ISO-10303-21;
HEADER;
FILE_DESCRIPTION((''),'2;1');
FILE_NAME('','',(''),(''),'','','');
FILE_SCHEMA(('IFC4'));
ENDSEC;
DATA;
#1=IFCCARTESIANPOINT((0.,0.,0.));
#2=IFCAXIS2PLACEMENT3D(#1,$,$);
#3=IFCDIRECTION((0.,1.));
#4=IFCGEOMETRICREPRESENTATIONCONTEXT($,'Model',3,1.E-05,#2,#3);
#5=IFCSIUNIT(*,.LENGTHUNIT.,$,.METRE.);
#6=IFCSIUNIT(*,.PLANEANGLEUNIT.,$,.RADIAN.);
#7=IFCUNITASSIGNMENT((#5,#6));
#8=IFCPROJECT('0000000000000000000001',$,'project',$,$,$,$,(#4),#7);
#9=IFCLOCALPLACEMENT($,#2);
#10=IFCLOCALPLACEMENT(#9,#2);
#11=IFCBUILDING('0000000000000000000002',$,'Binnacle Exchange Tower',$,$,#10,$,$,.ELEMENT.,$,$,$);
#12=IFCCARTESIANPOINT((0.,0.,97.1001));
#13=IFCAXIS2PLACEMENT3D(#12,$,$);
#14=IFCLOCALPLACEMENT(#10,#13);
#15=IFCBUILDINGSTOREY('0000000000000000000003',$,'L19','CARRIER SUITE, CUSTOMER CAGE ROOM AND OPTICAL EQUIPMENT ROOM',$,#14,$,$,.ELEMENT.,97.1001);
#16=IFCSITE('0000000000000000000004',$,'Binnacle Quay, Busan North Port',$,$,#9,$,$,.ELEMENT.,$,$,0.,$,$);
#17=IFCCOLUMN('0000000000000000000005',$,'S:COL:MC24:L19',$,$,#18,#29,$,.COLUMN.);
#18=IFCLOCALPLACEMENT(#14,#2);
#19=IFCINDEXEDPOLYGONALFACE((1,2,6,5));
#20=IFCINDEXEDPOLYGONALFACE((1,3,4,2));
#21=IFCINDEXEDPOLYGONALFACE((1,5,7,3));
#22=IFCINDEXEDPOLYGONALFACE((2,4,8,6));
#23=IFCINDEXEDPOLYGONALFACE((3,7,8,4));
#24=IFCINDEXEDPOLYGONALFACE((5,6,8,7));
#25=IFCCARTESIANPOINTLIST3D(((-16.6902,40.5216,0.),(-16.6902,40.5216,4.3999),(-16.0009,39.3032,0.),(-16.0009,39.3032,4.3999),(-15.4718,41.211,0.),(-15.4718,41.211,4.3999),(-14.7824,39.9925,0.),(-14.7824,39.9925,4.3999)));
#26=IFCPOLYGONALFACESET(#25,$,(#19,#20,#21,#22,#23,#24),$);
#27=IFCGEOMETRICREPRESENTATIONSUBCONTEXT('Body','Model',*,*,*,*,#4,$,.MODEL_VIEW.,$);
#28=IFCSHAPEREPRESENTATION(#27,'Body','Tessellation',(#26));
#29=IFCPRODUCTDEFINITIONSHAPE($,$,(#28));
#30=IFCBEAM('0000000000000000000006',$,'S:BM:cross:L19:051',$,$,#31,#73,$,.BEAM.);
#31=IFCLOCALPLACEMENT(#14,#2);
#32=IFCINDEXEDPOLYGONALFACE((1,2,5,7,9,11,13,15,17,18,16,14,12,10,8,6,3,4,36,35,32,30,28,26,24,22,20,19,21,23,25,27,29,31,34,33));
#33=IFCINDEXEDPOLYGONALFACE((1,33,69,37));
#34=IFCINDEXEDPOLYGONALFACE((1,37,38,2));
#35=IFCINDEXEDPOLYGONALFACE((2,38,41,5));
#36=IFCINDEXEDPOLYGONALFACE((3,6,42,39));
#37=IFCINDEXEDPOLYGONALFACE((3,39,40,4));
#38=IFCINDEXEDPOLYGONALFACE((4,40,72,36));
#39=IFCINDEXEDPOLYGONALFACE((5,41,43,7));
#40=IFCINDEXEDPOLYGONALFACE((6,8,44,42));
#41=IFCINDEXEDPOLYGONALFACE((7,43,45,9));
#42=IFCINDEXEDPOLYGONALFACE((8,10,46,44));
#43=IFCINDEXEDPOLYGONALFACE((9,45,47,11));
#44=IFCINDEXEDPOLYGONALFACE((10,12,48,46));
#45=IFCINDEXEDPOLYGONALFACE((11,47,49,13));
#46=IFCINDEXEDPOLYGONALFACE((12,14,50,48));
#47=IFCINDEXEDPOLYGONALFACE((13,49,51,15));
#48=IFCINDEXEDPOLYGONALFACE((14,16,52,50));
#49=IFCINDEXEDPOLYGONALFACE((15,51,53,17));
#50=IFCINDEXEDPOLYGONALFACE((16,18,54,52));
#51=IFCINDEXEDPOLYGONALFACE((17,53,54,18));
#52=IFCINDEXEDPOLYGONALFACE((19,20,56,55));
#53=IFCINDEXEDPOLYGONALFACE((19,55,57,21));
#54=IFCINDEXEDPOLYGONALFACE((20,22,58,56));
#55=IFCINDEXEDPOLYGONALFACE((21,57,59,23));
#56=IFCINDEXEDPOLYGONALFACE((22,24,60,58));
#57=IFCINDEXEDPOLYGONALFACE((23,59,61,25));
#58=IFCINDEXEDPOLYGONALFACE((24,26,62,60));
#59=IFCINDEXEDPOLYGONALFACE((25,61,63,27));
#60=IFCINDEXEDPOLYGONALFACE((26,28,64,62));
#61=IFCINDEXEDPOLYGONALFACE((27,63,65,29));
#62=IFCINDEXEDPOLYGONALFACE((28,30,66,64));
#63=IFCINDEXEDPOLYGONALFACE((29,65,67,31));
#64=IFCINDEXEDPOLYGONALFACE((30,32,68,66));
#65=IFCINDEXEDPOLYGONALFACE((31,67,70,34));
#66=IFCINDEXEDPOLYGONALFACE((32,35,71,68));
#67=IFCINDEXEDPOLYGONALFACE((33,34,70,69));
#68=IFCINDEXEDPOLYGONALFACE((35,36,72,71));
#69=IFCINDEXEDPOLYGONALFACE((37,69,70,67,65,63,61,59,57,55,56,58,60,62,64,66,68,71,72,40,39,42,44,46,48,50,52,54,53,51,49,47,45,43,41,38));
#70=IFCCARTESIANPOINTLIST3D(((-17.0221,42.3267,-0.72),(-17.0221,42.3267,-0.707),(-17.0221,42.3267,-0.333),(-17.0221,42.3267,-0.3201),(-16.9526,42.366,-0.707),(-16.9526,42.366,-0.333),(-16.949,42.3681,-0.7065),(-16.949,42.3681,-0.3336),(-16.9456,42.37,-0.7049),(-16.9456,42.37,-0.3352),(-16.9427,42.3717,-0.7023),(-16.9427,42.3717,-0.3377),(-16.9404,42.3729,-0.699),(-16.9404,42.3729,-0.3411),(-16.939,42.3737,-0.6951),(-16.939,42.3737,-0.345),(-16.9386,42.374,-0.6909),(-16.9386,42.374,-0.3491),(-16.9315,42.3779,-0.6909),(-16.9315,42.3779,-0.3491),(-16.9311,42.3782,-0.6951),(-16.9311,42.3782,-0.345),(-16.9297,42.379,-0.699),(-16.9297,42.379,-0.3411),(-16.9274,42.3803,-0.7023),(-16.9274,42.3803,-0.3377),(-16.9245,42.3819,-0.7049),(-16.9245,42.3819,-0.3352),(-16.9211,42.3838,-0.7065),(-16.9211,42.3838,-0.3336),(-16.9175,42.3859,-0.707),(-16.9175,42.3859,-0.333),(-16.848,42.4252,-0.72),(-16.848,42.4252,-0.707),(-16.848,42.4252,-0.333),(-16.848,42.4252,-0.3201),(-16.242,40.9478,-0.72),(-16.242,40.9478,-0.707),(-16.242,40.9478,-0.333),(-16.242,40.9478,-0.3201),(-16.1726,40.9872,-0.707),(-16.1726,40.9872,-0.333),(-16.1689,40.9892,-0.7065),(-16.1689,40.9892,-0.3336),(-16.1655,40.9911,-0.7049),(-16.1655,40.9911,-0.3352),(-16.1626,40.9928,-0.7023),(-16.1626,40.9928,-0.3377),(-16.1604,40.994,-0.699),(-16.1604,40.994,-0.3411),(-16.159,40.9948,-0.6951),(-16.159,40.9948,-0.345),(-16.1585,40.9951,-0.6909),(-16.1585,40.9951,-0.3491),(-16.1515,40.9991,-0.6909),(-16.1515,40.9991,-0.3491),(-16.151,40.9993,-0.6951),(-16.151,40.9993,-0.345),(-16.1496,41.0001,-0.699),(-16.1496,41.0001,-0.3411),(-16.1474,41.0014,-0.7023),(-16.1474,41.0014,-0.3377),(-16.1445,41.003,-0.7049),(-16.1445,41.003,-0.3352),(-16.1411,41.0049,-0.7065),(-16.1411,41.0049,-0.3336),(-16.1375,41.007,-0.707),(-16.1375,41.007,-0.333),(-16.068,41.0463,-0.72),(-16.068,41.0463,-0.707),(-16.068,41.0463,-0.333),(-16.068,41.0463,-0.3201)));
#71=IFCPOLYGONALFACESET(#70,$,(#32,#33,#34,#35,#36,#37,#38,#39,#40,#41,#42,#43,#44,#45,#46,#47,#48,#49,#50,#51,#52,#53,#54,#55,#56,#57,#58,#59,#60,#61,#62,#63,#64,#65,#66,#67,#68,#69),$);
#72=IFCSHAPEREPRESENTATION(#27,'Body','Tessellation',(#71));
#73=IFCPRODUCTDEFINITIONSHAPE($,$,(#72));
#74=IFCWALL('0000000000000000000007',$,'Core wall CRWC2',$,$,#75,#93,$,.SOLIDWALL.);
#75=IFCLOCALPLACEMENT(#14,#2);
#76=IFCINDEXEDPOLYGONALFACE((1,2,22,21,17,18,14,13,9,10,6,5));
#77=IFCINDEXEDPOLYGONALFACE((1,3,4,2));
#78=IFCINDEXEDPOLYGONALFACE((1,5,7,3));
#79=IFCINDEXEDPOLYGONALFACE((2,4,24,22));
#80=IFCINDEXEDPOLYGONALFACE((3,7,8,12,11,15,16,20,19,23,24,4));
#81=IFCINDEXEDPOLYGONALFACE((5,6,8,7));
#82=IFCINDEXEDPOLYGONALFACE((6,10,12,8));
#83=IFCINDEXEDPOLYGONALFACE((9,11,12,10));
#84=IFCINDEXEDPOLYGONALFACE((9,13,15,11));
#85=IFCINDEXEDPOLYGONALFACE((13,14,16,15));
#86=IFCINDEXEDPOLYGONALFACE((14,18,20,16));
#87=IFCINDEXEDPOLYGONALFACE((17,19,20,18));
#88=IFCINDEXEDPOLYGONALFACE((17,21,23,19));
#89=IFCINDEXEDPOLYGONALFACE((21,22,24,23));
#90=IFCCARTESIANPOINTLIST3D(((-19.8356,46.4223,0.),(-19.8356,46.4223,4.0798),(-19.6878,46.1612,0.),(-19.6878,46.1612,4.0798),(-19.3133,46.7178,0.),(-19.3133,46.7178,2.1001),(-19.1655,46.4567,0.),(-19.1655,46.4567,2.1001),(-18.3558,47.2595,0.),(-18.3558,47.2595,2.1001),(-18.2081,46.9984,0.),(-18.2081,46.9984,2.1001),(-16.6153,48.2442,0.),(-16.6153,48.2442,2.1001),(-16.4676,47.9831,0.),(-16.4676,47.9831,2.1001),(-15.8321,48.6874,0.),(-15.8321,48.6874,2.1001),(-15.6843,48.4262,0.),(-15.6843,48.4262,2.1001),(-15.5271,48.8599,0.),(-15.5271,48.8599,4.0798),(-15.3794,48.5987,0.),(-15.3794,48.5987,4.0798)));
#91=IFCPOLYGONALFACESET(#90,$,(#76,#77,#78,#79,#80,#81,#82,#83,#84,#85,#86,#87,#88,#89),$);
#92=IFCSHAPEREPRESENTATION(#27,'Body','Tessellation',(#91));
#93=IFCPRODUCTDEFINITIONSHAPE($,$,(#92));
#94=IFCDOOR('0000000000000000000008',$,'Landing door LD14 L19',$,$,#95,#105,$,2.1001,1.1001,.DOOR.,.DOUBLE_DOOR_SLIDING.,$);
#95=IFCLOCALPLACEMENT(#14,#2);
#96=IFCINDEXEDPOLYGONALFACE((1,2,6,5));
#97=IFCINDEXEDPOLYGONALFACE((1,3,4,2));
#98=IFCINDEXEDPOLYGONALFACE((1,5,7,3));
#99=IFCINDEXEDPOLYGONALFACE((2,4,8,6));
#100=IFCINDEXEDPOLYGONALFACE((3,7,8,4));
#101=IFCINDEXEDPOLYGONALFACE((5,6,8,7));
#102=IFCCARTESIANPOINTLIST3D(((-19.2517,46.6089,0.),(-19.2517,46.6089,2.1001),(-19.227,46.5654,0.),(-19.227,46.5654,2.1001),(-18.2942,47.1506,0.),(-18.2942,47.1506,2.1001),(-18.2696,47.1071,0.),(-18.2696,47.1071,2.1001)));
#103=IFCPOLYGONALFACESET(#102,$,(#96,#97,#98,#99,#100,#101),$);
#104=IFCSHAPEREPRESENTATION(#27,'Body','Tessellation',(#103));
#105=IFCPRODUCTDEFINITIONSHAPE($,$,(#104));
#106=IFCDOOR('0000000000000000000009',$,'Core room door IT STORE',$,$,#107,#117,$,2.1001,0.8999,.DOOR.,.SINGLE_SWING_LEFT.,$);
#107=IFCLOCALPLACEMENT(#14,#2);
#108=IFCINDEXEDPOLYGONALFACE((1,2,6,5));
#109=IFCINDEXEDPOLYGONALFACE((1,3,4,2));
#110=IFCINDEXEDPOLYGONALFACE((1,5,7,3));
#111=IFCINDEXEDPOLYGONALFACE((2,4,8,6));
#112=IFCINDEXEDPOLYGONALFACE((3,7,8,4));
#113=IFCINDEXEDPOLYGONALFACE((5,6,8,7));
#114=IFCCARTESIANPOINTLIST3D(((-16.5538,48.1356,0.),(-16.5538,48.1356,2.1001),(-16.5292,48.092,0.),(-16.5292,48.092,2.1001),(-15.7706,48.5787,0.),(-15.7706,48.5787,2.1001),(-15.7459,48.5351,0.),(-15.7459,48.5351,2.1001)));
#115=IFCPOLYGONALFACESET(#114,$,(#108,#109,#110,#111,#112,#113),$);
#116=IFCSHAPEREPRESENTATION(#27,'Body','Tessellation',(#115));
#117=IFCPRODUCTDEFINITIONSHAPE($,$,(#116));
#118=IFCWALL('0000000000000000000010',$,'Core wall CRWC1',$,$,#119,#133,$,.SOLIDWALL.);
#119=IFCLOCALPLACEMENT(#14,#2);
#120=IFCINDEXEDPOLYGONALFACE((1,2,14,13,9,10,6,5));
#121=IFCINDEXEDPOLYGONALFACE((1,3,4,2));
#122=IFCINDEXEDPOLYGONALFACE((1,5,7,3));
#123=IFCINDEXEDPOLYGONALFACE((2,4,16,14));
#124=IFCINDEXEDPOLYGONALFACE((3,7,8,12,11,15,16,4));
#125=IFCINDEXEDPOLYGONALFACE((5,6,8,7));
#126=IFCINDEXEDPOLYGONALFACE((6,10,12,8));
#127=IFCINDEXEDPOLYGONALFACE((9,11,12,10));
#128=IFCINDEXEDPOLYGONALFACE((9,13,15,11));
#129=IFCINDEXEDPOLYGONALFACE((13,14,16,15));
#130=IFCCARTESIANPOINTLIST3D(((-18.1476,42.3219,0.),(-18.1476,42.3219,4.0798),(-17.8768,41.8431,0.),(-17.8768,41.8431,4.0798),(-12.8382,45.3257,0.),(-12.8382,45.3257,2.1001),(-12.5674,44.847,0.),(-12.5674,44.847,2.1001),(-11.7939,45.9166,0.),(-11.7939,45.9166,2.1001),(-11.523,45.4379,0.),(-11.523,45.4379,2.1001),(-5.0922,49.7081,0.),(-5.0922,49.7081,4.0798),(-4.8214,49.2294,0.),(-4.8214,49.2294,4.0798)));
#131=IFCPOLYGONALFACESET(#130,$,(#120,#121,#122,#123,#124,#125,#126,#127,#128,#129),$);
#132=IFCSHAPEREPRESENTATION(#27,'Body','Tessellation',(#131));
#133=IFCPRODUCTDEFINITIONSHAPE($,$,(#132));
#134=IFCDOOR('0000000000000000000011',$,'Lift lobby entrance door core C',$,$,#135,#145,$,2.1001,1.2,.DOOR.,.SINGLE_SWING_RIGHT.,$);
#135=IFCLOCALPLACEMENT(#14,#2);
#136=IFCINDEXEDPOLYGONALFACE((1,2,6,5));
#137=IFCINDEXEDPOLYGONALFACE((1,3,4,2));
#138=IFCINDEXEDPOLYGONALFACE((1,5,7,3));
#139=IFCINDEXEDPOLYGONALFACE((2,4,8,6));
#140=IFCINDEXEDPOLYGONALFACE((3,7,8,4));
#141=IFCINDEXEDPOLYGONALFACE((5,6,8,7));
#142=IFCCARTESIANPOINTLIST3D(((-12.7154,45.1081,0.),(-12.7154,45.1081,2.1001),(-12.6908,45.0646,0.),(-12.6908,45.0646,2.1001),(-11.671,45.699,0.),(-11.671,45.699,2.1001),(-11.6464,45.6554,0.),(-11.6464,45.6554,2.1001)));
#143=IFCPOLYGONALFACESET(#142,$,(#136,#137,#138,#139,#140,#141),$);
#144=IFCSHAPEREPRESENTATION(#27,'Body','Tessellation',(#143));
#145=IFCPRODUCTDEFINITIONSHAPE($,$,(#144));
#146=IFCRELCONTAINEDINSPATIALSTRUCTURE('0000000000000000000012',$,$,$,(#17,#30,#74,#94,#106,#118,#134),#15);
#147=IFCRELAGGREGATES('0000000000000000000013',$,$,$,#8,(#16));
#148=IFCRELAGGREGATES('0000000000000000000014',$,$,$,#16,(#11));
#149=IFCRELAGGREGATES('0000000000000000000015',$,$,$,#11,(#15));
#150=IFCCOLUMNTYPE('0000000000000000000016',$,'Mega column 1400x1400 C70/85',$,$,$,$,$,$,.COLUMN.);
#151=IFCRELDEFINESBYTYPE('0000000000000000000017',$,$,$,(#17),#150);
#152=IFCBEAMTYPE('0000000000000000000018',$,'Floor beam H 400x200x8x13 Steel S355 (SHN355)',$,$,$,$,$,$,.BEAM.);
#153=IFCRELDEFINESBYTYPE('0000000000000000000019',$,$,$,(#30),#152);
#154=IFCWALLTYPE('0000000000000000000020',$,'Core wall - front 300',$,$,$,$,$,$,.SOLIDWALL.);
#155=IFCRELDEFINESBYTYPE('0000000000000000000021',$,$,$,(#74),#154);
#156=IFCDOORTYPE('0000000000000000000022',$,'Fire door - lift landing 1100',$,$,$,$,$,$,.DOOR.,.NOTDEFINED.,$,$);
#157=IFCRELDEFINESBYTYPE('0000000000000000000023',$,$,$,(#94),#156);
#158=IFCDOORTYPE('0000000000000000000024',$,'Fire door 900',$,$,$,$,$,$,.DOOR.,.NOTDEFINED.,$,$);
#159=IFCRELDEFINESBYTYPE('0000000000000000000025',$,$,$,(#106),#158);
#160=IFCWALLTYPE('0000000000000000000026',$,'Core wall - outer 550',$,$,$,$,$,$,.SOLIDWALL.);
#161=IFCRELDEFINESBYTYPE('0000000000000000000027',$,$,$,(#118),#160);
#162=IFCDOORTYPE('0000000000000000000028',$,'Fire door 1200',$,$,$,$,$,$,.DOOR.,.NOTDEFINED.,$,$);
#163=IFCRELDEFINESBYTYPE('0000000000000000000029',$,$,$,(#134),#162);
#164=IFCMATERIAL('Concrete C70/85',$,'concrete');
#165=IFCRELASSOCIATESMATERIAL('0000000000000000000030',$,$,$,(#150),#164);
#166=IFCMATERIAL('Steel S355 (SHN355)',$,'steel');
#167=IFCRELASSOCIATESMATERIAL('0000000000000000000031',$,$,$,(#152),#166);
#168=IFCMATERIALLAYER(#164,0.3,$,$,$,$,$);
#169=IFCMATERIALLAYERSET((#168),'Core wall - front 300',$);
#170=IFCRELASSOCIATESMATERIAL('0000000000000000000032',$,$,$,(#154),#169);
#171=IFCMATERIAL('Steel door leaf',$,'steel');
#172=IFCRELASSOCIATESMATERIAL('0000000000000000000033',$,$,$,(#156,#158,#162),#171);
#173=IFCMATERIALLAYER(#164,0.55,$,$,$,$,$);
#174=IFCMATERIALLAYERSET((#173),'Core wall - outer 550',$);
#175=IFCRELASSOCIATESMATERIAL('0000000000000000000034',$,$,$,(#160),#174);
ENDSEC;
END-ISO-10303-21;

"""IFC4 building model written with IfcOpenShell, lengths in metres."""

from ifc_helpers import new_model, si_unit, direction, frame, frame_2d, origin, origin_2d, place, context, subcontext, project, spatial, rectangle, i_section, extrude, material, layer, layer_set, material_profile, profile_set, type_object, element, fill, save


model = new_model("IFC4")

# Units and contexts
model_context = context("Model", 3, precision=1e-05, world=origin(), true_north=direction((0.0, 1.0)))
body_context = subcontext(model_context, "Body", "Model", "MODEL_VIEW")
ifc_project = project(units=[si_unit("LENGTHUNIT", "METRE"), si_unit("PLANEANGLEUNIT", "RADIAN")], contexts=[model_context])

# Site, building, storey
site_placement = place(None, origin())
site = spatial("IfcSite", under=ifc_project, at=site_placement, Name="Binnacle Quay, Busan North Port", CompositionType="ELEMENT", RefElevation=0.0)
building_placement = place(site_placement, origin())
building = spatial("IfcBuilding", under=site, at=building_placement, Name="Binnacle Exchange Tower", CompositionType="ELEMENT")
storey_placement = place(building_placement, frame((0.0, 0.0, 97.1001)))
storey = spatial("IfcBuildingStorey", under=building, at=storey_placement, Name="L19", Description="CARRIER SUITE, CUSTOMER CAGE ROOM AND OPTICAL EQUIPMENT ROOM", CompositionType="ELEMENT", Elevation=97.1001)

# Column
ifc_material_1 = material(Name="Concrete C70/85", Category="concrete")
ifc_material_profile_1 = material_profile(ifc_material_1, rectangle(XDim=1.3999, YDim=1.3999, at=origin_2d()), Name="Mega column 1400x1400 C70/85")
ifc_profile_set_1 = profile_set([ifc_material_profile_1], Name="Concrete C70/85")
column_type = type_object("IfcColumnType", Name="Mega column 1400x1400 C70/85", PredefinedType="COLUMN", material=ifc_profile_set_1)
column_placement = place(storey_placement, frame((-15.7363, 40.2571, 0.0), z_axis=(0.0, 0.0, 1.0), x_axis=(0.870356, 0.492424, 0.0)))
element("IfcColumn", 1, at=column_placement, inside=storey, type_object=column_type, Name="S:COL:MC24:L19", PredefinedType="COLUMN", context=body_context, shape_type="SweptSolid", body=[
    extrude(rectangle(XDim=1.3999, YDim=1.3999, at=origin_2d()), origin(), (0.0, 0.0, 1.0), 4.3999),
])

# Beam
ifc_material_2 = material(Name="Steel S355 (SHN355)", Category="steel")
ifc_material_profile_2 = material_profile(ifc_material_2, i_section(OverallWidth=0.2, OverallDepth=0.3999, WebThickness=0.0081, FlangeThickness=0.0129, FilletRadius=0.0161, at=origin_2d()), Name="H 400x200x8x13")
ifc_profile_set_2 = profile_set([ifc_material_profile_2], Name="Steel S355 (SHN355)")
beam_type = type_object("IfcBeamType", Name="Floor beam H 400x200x8x13 Steel S355 (SHN355)", PredefinedType="BEAM", material=ifc_profile_set_2)
beam_placement = place(storey_placement, frame((-16.155, 40.9971, -0.52), z_axis=(-0.492367, 0.870388, 0.0), x_axis=(-0.870388, -0.492367, 0.0)))
element("IfcBeam", 2, at=beam_placement, inside=storey, type_object=beam_type, Name="S:BM:cross:L19:051", PredefinedType="BEAM", context=body_context, shape_type="SweptSolid", body=[
    extrude(i_section(OverallWidth=0.2, OverallDepth=0.3999, WebThickness=0.0081, FlangeThickness=0.0129, FilletRadius=0.0161, at=origin_2d()), origin(), (0.0, 0.0, 1.0), 1.5842),
])

# Wall, openings, doors
ifc_layer_1 = layer(ifc_material_1, 0.3)
ifc_layer_set_1 = layer_set([ifc_layer_1], Name="Core wall - front 300")
wall_type_1 = type_object("IfcWallType", Name="Core wall - front 300", PredefinedType="SOLIDWALL", material=ifc_layer_set_1)
wall_1_placement = place(storey_placement, frame((-19.7617, 46.2917, 0.0), z_axis=(0.0, 0.0, 1.0), x_axis=(0.87036, 0.492416, 0.0)))
wall_1 = element("IfcWall", 3, at=wall_1_placement, inside=storey, type_object=wall_type_1, Name="Core wall CRWC2", PredefinedType="SOLIDWALL", context=body_context, shape_type="SweptSolid", body=[
    extrude(rectangle(XDim=4.9502, YDim=0.3, at=frame_2d((2.4751, 0.0))), origin(), (0.0, 0.0, 1.0), 4.0798),
])
opening_1_placement = place(wall_1_placement, frame((0.6001, 0.0, 0.0)))
opening_1 = element("IfcOpeningElement", 4, at=opening_1_placement, cuts=wall_1, PredefinedType="OPENING", context=body_context, shape_type="SweptSolid", body=[
    extrude(rectangle(XDim=1.1001, YDim=2.1001, at=frame_2d((0.55, 1.05))), frame((0.0, 0.1599, 0.0), z_axis=(0.0, -1.0, 0.0), x_axis=(1.0, 0.0, 0.0)), (0.0, 0.0, 1.0), 0.3201),
])
opening_2_placement = place(wall_1_placement, frame((3.7, 0.0, 0.0)))
opening_2 = element("IfcOpeningElement", 5, at=opening_2_placement, cuts=wall_1, PredefinedType="OPENING", context=body_context, shape_type="SweptSolid", body=[
    extrude(rectangle(XDim=0.8999, YDim=2.1001, at=frame_2d((0.45, 1.05))), frame((0.0, 0.1599, 0.0), z_axis=(0.0, -1.0, 0.0), x_axis=(1.0, 0.0, 0.0)), (0.0, 0.0, 1.0), 0.3201),
])
ifc_material_3 = material(Name="Steel door leaf", Category="steel")
door_type_1 = type_object("IfcDoorType", Name="Fire door - lift landing 1100", OperationType="NOTDEFINED", PredefinedType="DOOR", material=ifc_material_3)
door_1_placement = place(opening_1_placement, origin())
door_1 = element("IfcDoor", 6, at=door_1_placement, inside=storey, type_object=door_type_1, Name="Landing door LD14 L19", OperationType="DOUBLE_DOOR_SLIDING", OverallHeight=2.1001, OverallWidth=1.1001, PredefinedType="DOOR", context=body_context, shape_type="SweptSolid", body=[
    extrude(rectangle(XDim=1.1001, YDim=2.1001, at=frame_2d((0.55, 1.05))), frame((0.0, 0.0249, 0.0), z_axis=(0.0, -1.0, 0.0), x_axis=(1.0, 0.0, 0.0)), (0.0, 0.0, 1.0), 0.05),
])
fill(opening_1, door_1)
door_type_2 = type_object("IfcDoorType", Name="Fire door 900", OperationType="NOTDEFINED", PredefinedType="DOOR", material=ifc_material_3)
door_2_placement = place(opening_2_placement, frame((0.8999, 0.0, 0.0), z_axis=(0.0, 0.0, 1.0), x_axis=(-1.0, 0.0, 0.0)))
door_2 = element("IfcDoor", 7, at=door_2_placement, inside=storey, type_object=door_type_2, Name="Core room door IT STORE", OperationType="SINGLE_SWING_LEFT", OverallHeight=2.1001, OverallWidth=0.8999, PredefinedType="DOOR", context=body_context, shape_type="SweptSolid", body=[
    extrude(rectangle(XDim=0.8999, YDim=2.1001, at=frame_2d((0.45, 1.05))), frame((0.0, 0.0249, 0.0), z_axis=(0.0, -1.0, 0.0), x_axis=(1.0, 0.0, 0.0)), (0.0, 0.0, 1.0), 0.05),
])
fill(opening_2, door_2)

# Wall, opening, door
ifc_layer_2 = layer(ifc_material_1, 0.55)
ifc_layer_set_2 = layer_set([ifc_layer_2], Name="Core wall - outer 550")
wall_type_2 = type_object("IfcWallType", Name="Core wall - outer 550", PredefinedType="SOLIDWALL", material=ifc_layer_set_2)
wall_2_placement = place(storey_placement, frame((-18.0122, 42.0825, 0.0), z_axis=(0.0, 0.0, 1.0), x_axis=(0.870361, 0.492415, 0.0)))
wall_2 = element("IfcWall", 8, at=wall_2_placement, inside=storey, type_object=wall_type_2, Name="Core wall CRWC1", PredefinedType="SOLIDWALL", context=body_context, shape_type="SweptSolid", body=[
    extrude(rectangle(XDim=15.0, YDim=0.55, at=frame_2d((7.5, 0.0))), origin(), (0.0, 0.0, 1.0), 4.0798),
])
opening_3_placement = place(wall_2_placement, frame((6.1001, 0.0, 0.0)))
opening_3 = element("IfcOpeningElement", 9, at=opening_3_placement, cuts=wall_2, PredefinedType="OPENING", context=body_context, shape_type="SweptSolid", body=[
    extrude(rectangle(XDim=1.2, YDim=2.1001, at=frame_2d((0.6001, 1.05))), frame((0.0, 0.2849, 0.0), z_axis=(0.0, -1.0, 0.0), x_axis=(1.0, 0.0, 0.0)), (0.0, 0.0, 1.0), 0.5701),
])
door_type_3 = type_object("IfcDoorType", Name="Fire door 1200", OperationType="NOTDEFINED", PredefinedType="DOOR", material=ifc_material_3)
door_3_placement = place(opening_3_placement, frame((1.2, 0.0, 0.0), z_axis=(0.0, 0.0, 1.0), x_axis=(-1.0, 0.0, 0.0)))
door_3 = element("IfcDoor", 10, at=door_3_placement, inside=storey, type_object=door_type_3, Name="Lift lobby entrance door core C", OperationType="SINGLE_SWING_RIGHT", OverallHeight=2.1001, OverallWidth=1.2, PredefinedType="DOOR", context=body_context, shape_type="SweptSolid", body=[
    extrude(rectangle(XDim=1.2, YDim=2.1001, at=frame_2d((0.6001, 1.05))), frame((0.0, 0.0249, 0.0), z_axis=(0.0, -1.0, 0.0), x_axis=(1.0, 0.0, 0.0)), (0.0, 0.0, 1.0), 0.05),
])
fill(opening_3, door_3)

save(model, "model.ifc")
